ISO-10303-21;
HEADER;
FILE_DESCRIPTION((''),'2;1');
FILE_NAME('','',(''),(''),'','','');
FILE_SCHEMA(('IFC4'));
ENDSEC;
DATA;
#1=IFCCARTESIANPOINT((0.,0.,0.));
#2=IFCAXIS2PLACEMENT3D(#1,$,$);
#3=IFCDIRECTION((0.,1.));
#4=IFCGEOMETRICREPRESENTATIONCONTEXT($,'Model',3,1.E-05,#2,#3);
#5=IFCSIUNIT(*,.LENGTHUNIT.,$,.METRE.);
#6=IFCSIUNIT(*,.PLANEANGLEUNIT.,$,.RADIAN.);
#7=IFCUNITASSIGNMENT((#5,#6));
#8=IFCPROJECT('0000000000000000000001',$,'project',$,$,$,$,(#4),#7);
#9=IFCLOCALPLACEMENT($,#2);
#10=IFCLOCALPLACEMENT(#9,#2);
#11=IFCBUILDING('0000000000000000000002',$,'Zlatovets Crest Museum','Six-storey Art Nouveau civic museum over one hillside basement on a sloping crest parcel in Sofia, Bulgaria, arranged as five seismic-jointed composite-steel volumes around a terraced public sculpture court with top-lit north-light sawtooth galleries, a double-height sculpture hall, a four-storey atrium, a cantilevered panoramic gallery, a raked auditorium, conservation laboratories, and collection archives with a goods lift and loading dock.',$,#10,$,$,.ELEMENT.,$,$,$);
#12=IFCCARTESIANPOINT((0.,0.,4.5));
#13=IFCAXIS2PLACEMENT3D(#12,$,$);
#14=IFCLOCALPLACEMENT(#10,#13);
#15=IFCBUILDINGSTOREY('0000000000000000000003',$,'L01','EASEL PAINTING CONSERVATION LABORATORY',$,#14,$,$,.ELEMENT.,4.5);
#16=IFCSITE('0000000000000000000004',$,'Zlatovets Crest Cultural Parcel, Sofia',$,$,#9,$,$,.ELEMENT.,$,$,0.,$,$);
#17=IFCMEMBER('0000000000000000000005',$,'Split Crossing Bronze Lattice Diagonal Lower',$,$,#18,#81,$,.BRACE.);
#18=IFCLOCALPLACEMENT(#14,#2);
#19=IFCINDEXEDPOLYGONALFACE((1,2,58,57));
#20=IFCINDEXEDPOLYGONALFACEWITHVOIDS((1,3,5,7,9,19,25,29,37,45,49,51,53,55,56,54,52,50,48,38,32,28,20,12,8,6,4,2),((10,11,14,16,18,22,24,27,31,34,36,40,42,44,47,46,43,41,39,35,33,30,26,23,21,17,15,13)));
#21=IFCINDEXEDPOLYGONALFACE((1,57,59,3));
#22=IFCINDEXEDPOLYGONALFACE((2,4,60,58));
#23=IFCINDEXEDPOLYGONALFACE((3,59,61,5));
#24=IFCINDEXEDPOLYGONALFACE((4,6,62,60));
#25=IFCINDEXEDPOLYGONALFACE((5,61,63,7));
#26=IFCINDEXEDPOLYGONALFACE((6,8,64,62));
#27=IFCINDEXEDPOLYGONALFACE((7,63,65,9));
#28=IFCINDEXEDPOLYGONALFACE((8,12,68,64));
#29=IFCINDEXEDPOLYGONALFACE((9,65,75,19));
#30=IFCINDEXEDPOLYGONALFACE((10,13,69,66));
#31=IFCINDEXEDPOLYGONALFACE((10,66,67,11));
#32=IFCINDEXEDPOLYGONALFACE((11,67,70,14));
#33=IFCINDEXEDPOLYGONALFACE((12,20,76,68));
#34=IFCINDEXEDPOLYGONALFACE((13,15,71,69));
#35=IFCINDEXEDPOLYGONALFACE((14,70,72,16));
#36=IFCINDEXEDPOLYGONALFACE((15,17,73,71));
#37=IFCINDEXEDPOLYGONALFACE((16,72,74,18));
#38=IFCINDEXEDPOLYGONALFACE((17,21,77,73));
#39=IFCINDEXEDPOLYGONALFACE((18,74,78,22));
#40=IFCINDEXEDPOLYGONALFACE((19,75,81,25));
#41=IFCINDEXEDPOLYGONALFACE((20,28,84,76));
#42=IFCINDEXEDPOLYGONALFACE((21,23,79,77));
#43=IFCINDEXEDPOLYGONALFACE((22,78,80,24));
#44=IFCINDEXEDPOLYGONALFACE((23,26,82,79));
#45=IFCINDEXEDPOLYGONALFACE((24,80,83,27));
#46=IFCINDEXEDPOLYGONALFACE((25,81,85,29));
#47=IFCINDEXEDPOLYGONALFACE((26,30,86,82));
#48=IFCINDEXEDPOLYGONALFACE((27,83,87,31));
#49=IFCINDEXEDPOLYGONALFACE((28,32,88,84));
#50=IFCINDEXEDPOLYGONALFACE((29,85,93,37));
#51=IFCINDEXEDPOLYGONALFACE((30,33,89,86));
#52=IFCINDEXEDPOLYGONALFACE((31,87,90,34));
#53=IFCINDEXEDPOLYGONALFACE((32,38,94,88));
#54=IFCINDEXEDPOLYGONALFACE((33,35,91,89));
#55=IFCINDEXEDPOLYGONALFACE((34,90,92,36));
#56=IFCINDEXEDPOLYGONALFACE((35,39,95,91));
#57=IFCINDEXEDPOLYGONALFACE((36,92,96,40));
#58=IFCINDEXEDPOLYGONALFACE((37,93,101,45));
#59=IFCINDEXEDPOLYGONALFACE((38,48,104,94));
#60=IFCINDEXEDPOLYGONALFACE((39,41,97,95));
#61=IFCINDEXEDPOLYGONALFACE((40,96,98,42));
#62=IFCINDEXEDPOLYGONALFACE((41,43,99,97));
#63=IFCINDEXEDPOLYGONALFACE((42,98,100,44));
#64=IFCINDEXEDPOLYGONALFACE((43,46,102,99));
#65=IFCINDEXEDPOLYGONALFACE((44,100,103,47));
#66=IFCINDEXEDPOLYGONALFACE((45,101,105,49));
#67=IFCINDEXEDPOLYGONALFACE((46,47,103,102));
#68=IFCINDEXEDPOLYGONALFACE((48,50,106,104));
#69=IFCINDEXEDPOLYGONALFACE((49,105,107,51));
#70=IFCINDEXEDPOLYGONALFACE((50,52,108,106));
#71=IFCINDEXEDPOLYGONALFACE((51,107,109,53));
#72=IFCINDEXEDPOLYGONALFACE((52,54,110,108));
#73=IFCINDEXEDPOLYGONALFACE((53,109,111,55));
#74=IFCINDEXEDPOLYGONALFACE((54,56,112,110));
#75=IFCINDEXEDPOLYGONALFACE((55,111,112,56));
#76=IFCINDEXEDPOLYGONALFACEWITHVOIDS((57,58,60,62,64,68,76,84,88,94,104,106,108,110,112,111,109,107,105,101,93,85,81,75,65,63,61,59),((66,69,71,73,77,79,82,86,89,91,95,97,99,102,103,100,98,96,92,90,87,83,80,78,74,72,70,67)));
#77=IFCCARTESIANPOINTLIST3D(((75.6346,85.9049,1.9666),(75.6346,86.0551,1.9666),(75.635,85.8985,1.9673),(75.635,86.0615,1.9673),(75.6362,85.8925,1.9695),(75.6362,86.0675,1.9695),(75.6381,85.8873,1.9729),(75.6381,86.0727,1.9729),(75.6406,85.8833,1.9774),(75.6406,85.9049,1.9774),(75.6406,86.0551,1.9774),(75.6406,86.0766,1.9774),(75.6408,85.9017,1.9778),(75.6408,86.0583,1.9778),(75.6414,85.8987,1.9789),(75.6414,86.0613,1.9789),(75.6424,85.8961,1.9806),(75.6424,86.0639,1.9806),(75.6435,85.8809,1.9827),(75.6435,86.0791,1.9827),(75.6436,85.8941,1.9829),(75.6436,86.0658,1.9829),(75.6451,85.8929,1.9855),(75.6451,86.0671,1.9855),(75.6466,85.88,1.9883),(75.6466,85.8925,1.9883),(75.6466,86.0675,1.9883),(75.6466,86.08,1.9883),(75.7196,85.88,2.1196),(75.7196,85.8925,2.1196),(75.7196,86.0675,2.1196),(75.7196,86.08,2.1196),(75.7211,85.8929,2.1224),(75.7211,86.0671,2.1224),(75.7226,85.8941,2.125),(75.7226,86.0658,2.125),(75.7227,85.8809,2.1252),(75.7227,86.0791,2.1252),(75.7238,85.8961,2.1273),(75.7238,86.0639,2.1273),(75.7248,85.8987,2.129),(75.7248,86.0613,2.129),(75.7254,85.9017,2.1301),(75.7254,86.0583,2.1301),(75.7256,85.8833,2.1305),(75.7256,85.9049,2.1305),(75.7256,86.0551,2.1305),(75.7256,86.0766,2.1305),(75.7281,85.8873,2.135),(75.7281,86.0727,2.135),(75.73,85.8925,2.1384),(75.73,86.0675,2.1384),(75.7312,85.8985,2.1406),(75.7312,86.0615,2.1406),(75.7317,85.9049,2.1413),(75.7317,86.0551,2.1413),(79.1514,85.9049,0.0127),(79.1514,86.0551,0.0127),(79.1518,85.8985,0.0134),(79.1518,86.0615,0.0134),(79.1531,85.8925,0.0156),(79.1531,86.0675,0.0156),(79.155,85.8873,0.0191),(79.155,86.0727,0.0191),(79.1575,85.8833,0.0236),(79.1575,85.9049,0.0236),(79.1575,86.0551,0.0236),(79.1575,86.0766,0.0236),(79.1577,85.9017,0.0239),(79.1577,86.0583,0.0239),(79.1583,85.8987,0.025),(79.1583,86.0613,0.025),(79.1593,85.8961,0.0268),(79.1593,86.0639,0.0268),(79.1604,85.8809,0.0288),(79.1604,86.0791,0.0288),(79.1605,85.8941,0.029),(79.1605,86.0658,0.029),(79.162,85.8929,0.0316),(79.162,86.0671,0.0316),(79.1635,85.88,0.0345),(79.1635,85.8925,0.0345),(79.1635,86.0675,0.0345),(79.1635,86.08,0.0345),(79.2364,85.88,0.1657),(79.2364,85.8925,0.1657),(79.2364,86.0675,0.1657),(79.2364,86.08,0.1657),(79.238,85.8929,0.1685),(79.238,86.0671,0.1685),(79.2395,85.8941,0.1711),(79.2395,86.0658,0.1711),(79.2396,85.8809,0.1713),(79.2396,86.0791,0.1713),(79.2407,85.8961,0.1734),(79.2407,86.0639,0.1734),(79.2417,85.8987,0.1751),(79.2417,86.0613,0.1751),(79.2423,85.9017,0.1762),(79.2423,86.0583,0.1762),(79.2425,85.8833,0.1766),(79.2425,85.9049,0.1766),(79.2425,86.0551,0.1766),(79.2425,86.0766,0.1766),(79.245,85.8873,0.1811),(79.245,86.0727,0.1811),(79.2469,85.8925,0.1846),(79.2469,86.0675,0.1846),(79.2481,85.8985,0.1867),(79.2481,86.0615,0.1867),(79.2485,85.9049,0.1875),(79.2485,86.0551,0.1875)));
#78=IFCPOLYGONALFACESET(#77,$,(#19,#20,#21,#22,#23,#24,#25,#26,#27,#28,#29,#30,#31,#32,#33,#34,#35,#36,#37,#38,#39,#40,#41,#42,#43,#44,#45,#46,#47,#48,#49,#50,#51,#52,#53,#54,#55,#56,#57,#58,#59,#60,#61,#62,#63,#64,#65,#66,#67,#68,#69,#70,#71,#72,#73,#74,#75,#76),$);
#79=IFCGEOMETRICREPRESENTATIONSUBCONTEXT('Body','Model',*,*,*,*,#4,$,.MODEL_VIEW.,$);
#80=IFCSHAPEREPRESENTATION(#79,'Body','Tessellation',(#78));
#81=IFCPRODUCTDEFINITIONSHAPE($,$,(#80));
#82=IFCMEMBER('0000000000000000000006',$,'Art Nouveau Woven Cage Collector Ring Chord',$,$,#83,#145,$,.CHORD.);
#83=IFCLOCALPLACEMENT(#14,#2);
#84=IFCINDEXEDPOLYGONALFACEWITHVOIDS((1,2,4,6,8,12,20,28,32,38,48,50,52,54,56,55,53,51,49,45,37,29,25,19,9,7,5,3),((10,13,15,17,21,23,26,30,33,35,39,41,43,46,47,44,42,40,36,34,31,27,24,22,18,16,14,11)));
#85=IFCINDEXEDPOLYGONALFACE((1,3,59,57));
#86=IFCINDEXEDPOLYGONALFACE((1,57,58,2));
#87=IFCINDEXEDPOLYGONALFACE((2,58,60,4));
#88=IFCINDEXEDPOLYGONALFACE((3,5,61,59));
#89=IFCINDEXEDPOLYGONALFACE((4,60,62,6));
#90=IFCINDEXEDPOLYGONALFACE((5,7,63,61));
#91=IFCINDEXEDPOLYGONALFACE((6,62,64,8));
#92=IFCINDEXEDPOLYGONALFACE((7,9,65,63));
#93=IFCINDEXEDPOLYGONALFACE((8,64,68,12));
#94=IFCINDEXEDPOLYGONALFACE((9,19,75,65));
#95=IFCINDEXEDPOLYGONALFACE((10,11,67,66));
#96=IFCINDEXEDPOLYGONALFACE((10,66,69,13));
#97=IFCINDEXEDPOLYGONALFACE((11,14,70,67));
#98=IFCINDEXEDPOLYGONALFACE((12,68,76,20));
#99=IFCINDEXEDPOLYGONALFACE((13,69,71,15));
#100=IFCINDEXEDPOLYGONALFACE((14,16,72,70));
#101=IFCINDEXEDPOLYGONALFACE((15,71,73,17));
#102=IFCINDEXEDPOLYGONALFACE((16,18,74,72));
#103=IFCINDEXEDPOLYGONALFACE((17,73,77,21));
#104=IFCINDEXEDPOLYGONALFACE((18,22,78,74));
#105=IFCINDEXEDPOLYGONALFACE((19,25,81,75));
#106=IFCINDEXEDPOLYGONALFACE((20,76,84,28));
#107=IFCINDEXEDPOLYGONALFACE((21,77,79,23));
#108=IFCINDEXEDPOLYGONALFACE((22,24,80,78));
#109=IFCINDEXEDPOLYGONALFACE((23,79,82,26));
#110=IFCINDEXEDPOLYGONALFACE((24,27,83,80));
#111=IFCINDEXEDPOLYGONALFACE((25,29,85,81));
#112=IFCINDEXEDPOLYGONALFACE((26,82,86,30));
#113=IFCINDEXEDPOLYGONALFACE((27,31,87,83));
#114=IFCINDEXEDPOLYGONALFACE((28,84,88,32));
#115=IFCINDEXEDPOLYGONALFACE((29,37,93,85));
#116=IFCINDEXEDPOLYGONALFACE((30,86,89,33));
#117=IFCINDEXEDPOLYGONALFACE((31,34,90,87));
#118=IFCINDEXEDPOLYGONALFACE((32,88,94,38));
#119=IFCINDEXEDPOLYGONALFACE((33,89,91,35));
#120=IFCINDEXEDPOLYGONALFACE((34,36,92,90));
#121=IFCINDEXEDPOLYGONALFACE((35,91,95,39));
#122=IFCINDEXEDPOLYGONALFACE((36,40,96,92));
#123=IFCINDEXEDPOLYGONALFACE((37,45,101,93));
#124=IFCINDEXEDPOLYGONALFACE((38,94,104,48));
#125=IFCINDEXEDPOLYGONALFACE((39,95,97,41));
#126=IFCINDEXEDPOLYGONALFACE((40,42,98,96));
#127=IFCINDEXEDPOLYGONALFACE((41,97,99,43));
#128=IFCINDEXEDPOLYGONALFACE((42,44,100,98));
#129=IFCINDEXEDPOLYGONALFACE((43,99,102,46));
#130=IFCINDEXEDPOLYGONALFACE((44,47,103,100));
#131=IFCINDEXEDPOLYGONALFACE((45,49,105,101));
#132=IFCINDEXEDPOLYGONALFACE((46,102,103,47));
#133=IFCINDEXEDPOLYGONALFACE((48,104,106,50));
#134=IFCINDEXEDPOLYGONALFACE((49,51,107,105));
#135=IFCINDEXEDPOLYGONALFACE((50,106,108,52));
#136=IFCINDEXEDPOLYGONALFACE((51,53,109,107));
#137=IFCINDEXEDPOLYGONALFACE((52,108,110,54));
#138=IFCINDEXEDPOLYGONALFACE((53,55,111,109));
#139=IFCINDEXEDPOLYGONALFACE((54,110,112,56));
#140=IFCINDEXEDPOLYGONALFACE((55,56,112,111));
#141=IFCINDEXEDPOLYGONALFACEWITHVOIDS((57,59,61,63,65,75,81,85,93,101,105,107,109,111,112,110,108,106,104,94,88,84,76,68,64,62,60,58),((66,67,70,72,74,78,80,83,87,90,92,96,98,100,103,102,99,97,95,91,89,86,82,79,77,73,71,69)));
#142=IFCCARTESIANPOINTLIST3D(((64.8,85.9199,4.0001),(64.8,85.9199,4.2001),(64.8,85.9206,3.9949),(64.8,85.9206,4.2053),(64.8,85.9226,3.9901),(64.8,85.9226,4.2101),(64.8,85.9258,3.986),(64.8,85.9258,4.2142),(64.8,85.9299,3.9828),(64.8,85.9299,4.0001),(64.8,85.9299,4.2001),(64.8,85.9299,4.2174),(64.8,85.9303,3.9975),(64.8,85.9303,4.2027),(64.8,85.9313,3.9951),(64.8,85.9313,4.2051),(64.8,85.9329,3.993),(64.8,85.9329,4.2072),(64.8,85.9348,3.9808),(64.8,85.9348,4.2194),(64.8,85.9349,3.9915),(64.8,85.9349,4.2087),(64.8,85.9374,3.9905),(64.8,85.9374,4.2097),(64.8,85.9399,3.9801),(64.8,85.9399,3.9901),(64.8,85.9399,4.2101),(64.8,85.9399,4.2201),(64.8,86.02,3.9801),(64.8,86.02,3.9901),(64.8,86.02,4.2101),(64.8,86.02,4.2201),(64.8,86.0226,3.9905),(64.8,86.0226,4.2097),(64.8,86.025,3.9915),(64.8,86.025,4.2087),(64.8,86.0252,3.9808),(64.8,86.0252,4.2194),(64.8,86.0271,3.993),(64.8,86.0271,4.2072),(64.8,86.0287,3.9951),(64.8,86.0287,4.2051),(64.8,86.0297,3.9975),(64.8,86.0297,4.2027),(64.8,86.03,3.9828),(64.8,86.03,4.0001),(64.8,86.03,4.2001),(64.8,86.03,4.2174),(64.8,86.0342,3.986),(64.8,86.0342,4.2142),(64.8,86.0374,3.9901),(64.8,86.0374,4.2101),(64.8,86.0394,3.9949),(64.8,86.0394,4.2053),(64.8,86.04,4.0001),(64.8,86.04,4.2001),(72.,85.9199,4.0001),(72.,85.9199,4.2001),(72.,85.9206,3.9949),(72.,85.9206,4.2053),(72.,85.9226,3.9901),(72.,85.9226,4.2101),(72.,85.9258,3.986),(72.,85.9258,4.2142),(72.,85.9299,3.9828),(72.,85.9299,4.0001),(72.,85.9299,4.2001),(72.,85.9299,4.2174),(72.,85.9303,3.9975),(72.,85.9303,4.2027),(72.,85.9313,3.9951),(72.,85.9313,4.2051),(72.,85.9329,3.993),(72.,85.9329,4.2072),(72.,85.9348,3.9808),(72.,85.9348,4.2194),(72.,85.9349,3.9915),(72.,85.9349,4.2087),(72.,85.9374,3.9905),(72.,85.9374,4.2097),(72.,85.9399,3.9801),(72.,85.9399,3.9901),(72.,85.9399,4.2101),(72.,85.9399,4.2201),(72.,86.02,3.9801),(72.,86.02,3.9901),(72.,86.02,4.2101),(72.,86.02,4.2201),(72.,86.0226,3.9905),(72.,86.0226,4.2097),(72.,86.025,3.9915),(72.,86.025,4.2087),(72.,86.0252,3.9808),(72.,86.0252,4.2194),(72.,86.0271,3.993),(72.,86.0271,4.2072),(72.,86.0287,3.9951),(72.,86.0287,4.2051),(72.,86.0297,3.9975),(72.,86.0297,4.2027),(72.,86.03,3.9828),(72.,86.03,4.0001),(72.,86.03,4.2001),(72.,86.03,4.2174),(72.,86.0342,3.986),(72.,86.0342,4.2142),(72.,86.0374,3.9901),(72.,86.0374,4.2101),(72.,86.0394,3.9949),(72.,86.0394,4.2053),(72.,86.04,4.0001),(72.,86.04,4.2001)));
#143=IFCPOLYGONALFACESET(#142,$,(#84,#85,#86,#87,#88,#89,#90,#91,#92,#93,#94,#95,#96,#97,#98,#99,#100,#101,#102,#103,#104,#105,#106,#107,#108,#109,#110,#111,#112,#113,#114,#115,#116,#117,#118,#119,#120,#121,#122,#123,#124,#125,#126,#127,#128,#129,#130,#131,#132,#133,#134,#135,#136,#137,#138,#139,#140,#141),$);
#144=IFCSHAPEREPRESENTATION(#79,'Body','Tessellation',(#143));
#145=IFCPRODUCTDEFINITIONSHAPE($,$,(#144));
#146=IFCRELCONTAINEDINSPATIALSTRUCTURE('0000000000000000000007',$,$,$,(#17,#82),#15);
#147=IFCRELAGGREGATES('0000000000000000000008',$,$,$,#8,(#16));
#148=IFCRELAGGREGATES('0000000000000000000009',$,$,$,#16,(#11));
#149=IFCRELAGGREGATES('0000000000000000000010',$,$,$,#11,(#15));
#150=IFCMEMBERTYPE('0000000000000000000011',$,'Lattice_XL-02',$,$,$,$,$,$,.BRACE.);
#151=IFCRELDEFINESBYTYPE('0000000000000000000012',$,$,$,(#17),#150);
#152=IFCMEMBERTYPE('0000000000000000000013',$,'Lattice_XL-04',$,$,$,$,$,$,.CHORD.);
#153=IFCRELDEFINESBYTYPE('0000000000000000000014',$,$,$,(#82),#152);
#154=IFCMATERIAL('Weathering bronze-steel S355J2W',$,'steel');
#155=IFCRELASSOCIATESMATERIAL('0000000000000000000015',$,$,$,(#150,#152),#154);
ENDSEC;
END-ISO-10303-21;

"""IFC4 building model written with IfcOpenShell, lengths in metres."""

from ifc_helpers import new_model, si_unit, direction, frame, origin, origin_2d, place, context, subcontext, project, spatial, hollow_rectangle, extrude, material, material_profile, profile_set, type_object, element, save


model = new_model("IFC4")

# Units and contexts
model_context = context("Model", 3, precision=1e-05, world=origin(), true_north=direction((0.0, 1.0)))
body_context = subcontext(model_context, "Body", "Model", "MODEL_VIEW")
ifc_project = project(units=[si_unit("LENGTHUNIT", "METRE"), si_unit("PLANEANGLEUNIT", "RADIAN")], contexts=[model_context])

# Site, building, storey
site_placement = place(None, origin())
site = spatial("IfcSite", under=ifc_project, at=site_placement, Name="Zlatovets Crest Cultural Parcel, Sofia", CompositionType="ELEMENT", RefElevation=0.0)
building_placement = place(site_placement, origin())
building = spatial("IfcBuilding", under=site, at=building_placement, Name="Zlatovets Crest Museum", Description="Six-storey Art Nouveau civic museum over one hillside basement on a sloping crest parcel in Sofia, Bulgaria, arranged as five seismic-jointed composite-steel volumes around a terraced public sculpture court with top-lit north-light sawtooth galleries, a double-height sculpture hall, a four-storey atrium, a cantilevered panoramic gallery, a raked auditorium, conservation laboratories, and collection archives with a goods lift and loading dock.", CompositionType="ELEMENT")
storey_placement = place(building_placement, frame((0.0, 0.0, 4.5)))
storey = spatial("IfcBuildingStorey", under=building, at=storey_placement, Name="L01", Description="EASEL PAINTING CONSERVATION LABORATORY", CompositionType="ELEMENT", Elevation=4.5)

# Members
ifc_material_1 = material(Name="Weathering bronze-steel S355J2W", Category="steel")
ifc_material_profile_1 = material_profile(ifc_material_1, hollow_rectangle(XDim=0.2, YDim=0.2, WallThickness=0.0125, InnerFilletRadius=0.0125, OuterFilletRadius=0.0249, at=origin_2d()), Name="SHS 200x200x12.5")
ifc_profile_set_1 = profile_set([ifc_material_profile_1], Name="Weathering bronze-steel S355J2W")
member_type_1 = type_object("IfcMemberType", Name="Lattice_XL-02", PredefinedType="BRACE", material=ifc_profile_set_1)
member_1_placement = place(storey_placement, frame((75.6831, 85.98, 2.054), z_axis=(0.874152, 0.0, -0.485653), x_axis=(0.0, 1.0, 0.0)))
element("IfcMember", 1, at=member_1_placement, inside=storey, type_object=member_type_1, Name="Split Crossing Bronze Lattice Diagonal Lower", PredefinedType="BRACE", context=body_context, shape_type="SweptSolid", body=[
    extrude(hollow_rectangle(XDim=0.2, YDim=0.2, WallThickness=0.0125, InnerFilletRadius=0.0125, OuterFilletRadius=0.0249, at=origin_2d()), origin(), (0.0, 0.0, 1.0), 4.0232),
])
ifc_material_profile_2 = material_profile(ifc_material_1, hollow_rectangle(XDim=0.1201, YDim=0.24, WallThickness=0.01, InnerFilletRadius=0.01, OuterFilletRadius=0.02, at=origin_2d()), Name="RHS 120x240x10.0")
ifc_profile_set_2 = profile_set([ifc_material_profile_2], Name="Weathering bronze-steel S355J2W")
member_type_2 = type_object("IfcMemberType", Name="Lattice_XL-04", PredefinedType="CHORD", material=ifc_profile_set_2)
for number, where, z_axis, x_axis, name in (
    (2, (64.8, 85.98, 4.1001), (1.0, 0.0, 0.0), (0.0, 1.0, 0.0), "Art Nouveau Woven Cage Collector Ring Chord"),
):
    element("IfcMember", number, at=place(storey_placement, frame(where, z_axis=z_axis, x_axis=x_axis)), inside=storey, type_object=member_type_2, Name=name, PredefinedType="CHORD", context=body_context, shape_type="SweptSolid", body=[
        extrude(hollow_rectangle(XDim=0.1201, YDim=0.24, WallThickness=0.01, InnerFilletRadius=0.01, OuterFilletRadius=0.02, at=origin_2d()), origin(), (0.0, 0.0, 1.0), 7.2),
    ])

save(model, "model.ifc")
